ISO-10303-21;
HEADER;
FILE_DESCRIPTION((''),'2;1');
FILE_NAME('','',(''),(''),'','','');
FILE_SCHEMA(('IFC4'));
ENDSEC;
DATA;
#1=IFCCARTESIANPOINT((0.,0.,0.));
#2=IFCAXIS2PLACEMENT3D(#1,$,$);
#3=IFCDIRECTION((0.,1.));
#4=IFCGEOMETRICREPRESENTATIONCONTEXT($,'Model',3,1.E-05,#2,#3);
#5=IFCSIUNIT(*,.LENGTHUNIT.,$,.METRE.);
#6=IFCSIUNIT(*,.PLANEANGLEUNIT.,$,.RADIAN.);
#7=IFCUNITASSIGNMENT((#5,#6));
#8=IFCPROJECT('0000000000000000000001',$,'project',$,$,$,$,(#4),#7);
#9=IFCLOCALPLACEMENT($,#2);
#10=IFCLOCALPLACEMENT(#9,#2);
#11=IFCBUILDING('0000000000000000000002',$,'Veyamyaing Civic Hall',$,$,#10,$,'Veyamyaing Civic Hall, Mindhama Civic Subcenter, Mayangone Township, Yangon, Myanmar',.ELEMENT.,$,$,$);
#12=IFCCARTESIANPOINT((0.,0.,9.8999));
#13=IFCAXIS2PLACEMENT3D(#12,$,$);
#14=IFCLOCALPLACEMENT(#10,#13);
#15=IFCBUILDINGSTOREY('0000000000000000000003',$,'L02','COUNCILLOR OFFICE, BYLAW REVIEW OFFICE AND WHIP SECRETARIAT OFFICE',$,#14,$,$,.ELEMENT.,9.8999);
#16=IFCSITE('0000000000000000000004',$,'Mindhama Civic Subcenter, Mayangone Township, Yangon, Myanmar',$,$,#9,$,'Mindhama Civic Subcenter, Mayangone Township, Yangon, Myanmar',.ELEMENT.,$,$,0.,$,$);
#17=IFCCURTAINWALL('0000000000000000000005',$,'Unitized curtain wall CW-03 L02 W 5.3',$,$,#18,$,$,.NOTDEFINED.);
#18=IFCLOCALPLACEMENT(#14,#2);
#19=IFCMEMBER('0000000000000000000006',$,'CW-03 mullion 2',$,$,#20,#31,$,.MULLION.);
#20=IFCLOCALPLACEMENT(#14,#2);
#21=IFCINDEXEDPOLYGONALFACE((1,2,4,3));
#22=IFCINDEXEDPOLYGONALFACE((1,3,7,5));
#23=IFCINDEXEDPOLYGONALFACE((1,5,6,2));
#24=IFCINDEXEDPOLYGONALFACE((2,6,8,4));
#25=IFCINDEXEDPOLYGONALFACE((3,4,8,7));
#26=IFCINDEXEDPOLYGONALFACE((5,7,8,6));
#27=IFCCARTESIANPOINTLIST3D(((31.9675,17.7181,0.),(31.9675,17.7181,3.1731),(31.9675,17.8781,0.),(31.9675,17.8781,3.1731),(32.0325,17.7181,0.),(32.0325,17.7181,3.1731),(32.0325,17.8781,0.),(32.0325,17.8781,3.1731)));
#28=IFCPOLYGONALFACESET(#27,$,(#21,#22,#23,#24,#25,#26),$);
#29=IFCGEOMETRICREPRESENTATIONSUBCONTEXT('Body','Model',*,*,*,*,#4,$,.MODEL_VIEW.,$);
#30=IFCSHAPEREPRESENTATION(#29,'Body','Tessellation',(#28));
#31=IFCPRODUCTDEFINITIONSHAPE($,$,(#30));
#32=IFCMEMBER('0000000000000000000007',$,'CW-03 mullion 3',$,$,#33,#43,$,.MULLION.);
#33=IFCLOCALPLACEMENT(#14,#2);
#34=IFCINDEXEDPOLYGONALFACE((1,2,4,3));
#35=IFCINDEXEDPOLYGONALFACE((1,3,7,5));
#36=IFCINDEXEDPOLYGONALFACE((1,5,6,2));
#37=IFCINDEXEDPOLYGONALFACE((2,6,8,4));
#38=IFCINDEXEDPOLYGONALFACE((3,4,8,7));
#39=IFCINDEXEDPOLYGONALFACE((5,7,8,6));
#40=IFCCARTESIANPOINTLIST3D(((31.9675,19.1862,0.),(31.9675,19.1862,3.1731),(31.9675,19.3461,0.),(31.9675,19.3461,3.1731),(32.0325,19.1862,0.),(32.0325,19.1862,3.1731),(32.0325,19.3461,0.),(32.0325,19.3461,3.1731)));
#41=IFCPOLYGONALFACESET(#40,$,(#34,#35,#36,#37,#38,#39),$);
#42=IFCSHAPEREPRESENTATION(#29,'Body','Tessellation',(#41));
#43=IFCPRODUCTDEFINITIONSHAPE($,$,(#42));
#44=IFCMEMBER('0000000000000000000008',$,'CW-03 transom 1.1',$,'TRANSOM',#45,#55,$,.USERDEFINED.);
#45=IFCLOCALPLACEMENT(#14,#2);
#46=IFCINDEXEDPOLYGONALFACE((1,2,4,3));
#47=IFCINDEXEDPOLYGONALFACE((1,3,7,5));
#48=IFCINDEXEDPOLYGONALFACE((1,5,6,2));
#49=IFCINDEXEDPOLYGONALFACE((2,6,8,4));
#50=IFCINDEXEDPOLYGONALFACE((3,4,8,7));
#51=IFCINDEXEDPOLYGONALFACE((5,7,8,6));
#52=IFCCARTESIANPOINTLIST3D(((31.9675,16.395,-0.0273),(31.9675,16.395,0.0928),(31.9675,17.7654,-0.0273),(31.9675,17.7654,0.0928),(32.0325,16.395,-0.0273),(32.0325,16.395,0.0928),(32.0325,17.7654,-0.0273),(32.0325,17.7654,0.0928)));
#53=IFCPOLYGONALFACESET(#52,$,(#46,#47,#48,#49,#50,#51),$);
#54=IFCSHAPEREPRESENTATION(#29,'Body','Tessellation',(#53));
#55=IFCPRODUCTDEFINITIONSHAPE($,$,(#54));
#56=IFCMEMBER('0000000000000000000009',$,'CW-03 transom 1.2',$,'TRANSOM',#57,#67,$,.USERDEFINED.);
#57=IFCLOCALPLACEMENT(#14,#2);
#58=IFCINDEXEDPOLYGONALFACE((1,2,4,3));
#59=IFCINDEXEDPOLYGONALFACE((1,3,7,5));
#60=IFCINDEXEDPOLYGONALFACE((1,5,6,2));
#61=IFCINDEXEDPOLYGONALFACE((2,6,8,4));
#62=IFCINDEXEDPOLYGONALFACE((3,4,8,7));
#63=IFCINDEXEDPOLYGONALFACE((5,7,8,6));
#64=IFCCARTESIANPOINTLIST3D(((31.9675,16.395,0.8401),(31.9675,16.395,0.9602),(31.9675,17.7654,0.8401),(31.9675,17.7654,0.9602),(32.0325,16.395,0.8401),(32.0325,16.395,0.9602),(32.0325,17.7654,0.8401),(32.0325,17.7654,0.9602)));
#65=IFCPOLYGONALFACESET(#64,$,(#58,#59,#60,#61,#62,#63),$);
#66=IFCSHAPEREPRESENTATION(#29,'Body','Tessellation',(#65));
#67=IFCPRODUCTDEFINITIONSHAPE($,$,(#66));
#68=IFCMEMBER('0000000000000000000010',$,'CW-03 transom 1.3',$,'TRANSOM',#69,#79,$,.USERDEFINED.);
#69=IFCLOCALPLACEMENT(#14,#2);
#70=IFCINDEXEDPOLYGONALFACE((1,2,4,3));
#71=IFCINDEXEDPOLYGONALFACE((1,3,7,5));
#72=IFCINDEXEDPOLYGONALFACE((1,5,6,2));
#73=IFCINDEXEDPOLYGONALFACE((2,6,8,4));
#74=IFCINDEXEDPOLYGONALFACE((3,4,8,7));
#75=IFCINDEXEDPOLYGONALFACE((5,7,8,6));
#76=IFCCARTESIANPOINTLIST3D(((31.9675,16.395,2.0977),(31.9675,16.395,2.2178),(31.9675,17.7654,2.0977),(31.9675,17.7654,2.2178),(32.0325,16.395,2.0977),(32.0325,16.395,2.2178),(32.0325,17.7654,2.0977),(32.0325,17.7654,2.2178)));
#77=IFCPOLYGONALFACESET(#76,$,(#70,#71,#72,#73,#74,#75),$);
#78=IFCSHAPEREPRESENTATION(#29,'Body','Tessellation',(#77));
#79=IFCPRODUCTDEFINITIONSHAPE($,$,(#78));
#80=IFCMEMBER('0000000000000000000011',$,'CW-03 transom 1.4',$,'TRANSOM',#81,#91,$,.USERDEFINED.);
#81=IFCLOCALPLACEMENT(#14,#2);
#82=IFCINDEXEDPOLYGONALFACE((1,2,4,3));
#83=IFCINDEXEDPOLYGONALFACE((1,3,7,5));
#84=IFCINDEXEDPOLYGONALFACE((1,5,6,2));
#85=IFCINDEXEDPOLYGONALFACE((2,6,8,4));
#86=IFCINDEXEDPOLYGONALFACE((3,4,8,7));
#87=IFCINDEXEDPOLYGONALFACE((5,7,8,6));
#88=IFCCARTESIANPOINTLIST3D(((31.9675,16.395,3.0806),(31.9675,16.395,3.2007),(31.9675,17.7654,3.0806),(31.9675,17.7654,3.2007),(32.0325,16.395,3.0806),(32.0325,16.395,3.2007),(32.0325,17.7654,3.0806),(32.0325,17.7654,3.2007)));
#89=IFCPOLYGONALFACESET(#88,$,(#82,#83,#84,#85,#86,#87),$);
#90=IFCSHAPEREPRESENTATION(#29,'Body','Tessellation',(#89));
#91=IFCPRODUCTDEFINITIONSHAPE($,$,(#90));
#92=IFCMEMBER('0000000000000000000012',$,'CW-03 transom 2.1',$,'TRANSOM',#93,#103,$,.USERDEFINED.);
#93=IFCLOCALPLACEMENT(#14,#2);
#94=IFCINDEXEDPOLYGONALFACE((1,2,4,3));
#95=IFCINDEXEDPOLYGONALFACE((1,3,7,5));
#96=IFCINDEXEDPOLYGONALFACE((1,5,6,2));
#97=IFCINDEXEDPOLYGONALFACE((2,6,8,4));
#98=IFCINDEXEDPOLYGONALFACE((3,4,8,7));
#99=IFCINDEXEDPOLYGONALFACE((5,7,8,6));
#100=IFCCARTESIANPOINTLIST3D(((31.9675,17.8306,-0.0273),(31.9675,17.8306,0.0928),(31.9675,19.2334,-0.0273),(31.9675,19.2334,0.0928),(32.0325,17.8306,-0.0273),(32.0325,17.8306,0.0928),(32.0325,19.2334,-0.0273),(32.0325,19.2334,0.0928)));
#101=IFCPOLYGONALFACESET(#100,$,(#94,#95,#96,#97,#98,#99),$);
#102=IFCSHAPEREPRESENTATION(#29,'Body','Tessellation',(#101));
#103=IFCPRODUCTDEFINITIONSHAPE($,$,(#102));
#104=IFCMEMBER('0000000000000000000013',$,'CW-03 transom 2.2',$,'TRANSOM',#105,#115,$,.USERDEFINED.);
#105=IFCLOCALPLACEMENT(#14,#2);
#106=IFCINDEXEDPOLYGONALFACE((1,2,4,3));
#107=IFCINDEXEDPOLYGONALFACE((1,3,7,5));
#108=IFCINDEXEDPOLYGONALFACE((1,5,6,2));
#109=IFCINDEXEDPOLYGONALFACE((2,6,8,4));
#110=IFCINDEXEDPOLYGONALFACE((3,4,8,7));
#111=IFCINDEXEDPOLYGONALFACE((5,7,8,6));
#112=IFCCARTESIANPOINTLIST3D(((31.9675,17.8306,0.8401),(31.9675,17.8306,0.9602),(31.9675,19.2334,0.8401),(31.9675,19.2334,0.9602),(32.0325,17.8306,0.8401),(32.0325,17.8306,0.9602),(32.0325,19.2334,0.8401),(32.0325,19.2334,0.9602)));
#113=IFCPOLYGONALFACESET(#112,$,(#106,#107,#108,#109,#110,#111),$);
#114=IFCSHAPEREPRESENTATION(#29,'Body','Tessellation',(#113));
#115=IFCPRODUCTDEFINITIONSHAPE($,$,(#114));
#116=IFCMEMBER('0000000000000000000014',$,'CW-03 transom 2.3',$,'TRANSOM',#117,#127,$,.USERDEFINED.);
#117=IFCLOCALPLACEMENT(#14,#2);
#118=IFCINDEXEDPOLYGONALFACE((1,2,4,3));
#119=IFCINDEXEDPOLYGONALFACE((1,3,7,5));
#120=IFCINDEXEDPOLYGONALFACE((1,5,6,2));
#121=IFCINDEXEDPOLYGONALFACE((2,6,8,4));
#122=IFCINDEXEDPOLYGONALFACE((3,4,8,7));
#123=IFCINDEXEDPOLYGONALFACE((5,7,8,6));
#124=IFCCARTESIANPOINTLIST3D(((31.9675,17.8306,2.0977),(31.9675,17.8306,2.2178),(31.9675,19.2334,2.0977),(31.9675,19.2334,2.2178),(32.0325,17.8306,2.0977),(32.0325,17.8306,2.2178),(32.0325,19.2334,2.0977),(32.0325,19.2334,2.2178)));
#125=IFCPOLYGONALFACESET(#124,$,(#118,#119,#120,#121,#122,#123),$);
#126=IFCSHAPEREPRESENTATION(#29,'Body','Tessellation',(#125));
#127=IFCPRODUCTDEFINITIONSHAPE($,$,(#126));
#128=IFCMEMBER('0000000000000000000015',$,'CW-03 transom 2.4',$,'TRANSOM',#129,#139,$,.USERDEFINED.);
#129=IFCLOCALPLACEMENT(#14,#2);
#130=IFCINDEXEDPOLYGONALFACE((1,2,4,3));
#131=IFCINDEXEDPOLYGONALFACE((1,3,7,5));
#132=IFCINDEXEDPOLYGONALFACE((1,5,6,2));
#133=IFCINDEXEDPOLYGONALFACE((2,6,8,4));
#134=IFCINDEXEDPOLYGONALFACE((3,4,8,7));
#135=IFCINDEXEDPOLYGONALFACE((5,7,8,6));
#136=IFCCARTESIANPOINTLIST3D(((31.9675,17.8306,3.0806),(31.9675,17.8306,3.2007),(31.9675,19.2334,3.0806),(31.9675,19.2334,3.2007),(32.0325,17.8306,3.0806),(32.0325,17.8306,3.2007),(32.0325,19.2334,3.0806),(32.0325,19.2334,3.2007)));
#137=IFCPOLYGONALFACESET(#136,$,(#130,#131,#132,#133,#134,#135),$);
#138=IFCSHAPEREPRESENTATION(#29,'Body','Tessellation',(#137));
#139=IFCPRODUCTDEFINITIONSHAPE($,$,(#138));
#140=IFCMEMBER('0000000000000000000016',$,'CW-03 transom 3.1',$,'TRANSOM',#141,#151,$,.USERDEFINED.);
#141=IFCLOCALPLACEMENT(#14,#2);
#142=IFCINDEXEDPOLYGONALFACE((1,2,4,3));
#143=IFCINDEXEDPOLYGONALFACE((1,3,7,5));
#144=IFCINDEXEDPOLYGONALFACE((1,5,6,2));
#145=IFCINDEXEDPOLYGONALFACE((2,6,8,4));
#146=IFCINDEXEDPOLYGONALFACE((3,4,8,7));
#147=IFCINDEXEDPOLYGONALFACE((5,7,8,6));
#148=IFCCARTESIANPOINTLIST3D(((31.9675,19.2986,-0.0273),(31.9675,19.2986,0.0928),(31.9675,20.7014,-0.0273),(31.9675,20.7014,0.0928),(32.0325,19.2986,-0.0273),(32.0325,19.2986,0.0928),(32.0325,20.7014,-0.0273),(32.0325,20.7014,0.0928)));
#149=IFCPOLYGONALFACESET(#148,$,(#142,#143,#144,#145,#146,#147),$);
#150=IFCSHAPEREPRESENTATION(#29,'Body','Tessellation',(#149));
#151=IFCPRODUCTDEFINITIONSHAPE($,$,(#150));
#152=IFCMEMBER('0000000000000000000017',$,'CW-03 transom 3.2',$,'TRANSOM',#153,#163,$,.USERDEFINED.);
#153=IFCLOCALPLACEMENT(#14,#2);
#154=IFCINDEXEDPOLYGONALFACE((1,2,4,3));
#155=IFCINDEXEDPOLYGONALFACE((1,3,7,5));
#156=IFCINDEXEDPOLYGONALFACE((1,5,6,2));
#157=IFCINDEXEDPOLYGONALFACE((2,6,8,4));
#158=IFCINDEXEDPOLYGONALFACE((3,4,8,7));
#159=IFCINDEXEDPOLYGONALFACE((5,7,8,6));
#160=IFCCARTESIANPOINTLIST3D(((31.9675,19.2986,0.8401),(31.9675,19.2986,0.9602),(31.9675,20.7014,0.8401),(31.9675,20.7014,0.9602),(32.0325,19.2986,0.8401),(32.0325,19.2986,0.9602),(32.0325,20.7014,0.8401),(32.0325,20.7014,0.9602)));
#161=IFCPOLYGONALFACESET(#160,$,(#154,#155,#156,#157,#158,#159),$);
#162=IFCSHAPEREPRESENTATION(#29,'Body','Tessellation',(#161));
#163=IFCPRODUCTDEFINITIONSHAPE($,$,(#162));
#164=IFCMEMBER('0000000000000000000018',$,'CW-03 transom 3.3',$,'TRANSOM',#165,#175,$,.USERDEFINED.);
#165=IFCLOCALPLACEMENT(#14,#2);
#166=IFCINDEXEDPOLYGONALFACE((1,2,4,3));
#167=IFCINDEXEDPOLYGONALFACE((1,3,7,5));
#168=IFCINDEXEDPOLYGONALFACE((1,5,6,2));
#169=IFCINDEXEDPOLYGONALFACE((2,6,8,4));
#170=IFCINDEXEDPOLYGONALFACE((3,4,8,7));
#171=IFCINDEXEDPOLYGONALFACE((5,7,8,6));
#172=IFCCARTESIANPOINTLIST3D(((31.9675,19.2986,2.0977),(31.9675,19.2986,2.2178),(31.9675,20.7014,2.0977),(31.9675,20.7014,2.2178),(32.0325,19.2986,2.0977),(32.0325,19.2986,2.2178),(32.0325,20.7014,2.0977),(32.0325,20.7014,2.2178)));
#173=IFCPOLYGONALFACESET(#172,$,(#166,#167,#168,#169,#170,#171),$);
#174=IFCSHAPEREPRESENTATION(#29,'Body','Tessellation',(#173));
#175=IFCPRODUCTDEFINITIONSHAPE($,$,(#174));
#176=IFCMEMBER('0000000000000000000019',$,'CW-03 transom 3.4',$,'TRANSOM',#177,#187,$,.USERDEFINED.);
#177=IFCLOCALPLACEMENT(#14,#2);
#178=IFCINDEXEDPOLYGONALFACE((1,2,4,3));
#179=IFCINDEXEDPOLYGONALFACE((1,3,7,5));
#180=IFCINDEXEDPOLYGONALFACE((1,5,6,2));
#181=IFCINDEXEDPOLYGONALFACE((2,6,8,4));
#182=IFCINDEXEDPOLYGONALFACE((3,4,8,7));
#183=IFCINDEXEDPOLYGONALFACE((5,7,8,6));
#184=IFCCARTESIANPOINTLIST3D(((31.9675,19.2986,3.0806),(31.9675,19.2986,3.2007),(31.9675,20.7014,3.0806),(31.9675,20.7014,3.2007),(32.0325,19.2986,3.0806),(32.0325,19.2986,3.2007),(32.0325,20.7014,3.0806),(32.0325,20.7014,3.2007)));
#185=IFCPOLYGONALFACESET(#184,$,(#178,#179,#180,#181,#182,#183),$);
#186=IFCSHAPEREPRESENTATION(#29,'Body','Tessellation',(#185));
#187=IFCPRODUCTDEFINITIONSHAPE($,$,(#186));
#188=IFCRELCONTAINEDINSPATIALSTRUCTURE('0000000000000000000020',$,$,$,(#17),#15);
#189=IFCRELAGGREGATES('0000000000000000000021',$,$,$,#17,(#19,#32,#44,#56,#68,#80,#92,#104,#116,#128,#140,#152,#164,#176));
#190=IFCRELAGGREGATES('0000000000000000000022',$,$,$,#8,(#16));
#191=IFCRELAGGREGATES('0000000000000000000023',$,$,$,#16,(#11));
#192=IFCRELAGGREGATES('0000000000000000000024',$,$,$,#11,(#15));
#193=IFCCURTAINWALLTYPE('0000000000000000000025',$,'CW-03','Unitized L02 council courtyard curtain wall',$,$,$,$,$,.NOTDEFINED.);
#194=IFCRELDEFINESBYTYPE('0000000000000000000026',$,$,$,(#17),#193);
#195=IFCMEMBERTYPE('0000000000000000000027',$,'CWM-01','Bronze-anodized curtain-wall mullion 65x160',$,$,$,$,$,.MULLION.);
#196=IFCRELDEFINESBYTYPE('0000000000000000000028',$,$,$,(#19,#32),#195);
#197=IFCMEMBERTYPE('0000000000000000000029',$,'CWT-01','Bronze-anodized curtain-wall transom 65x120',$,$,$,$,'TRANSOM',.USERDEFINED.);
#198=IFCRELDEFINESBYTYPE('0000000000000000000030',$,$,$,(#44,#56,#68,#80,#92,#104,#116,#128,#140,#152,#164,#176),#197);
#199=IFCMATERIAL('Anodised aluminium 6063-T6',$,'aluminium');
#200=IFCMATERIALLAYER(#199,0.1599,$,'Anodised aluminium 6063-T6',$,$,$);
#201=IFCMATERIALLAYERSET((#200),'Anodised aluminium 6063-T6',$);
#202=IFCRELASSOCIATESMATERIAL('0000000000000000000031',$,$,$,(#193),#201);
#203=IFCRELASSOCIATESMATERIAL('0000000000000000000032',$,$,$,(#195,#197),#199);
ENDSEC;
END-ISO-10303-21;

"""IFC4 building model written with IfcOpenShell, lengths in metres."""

from ifc_helpers import new_model, si_unit, direction, frame, origin, origin_2d, place, context, subcontext, project, spatial, rectangle, extrude, material, layer, layer_set, material_profile, profile_set, type_object, element, aggregate, save


model = new_model("IFC4")

# Units and contexts
model_context = context("Model", 3, precision=1e-05, world=origin(), true_north=direction((0.0, 1.0)))
body_context = subcontext(model_context, "Body", "Model", "MODEL_VIEW")
ifc_project = project(units=[si_unit("LENGTHUNIT", "METRE"), si_unit("PLANEANGLEUNIT", "RADIAN")], contexts=[model_context])

# Site, building, storey
site_placement = place(None, origin())
site = spatial("IfcSite", under=ifc_project, at=site_placement, Name="Mindhama Civic Subcenter, Mayangone Township, Yangon, Myanmar", LongName="Mindhama Civic Subcenter, Mayangone Township, Yangon, Myanmar", CompositionType="ELEMENT", RefElevation=0.0)
building_placement = place(site_placement, origin())
building = spatial("IfcBuilding", under=site, at=building_placement, Name="Veyamyaing Civic Hall", LongName="Veyamyaing Civic Hall, Mindhama Civic Subcenter, Mayangone Township, Yangon, Myanmar", CompositionType="ELEMENT")
storey_placement = place(building_placement, frame((0.0, 0.0, 9.8999)))
storey = spatial("IfcBuildingStorey", under=building, at=storey_placement, Name="L02", Description="COUNCILLOR OFFICE, BYLAW REVIEW OFFICE AND WHIP SECRETARIAT OFFICE", CompositionType="ELEMENT", Elevation=9.8999)

# Curtain wall, members
ifc_material_1 = material(Name="Anodised aluminium 6063-T6", Category="aluminium")
ifc_layer_1 = layer(ifc_material_1, 0.1599, Name="Anodised aluminium 6063-T6")
ifc_layer_set_1 = layer_set([ifc_layer_1], Name="Anodised aluminium 6063-T6")
curtain_wall_type = type_object("IfcCurtainWallType", Name="CW-03", Description="Unitized L02 council courtyard curtain wall", PredefinedType="NOTDEFINED", material=ifc_layer_set_1)
curtain_wall_placement = place(storey_placement, origin())
curtain_wall = element("IfcCurtainWall", 1, at=curtain_wall_placement, inside=storey, type_object=curtain_wall_type, Name="Unitized curtain wall CW-03 L02 W 5.3", PredefinedType="NOTDEFINED")
ifc_material_profile_1 = material_profile(ifc_material_1, rectangle(XDim=0.0649, YDim=0.1599, at=origin_2d()), Name="ALU-MUL-65X160")
ifc_profile_set_1 = profile_set([ifc_material_profile_1], Name="Anodised aluminium 6063-T6")
member_type_1 = type_object("IfcMemberType", Name="CWM-01", Description="Bronze-anodized curtain-wall mullion 65x160", PredefinedType="MULLION", material=ifc_profile_set_1)
member_1_placement = place(storey_placement, frame((32.0, 17.7981, 0.0), z_axis=(0.0, 0.0, 1.0), x_axis=(-1.0, 0.0, 0.0)))
member_1 = element("IfcMember", 2, at=member_1_placement, type_object=member_type_1, Name="CW-03 mullion 2", PredefinedType="MULLION", context=body_context, shape_type="SweptSolid", body=[
    extrude(rectangle(XDim=0.0649, YDim=0.1599, at=origin_2d()), origin(), (0.0, 0.0, 1.0), 3.1731),
])
member_2_placement = place(storey_placement, frame((32.0, 19.2661, 0.0), z_axis=(0.0, 0.0, 1.0), x_axis=(-1.0, 0.0, 0.0)))
member_2 = element("IfcMember", 3, at=member_2_placement, type_object=member_type_1, Name="CW-03 mullion 3", PredefinedType="MULLION", context=body_context, shape_type="SweptSolid", body=[
    extrude(rectangle(XDim=0.0649, YDim=0.1599, at=origin_2d()), origin(), (0.0, 0.0, 1.0), 3.1731),
])
ifc_material_profile_2 = material_profile(ifc_material_1, rectangle(XDim=0.0649, YDim=0.1201, at=origin_2d()), Name="ALU-TRN-65X120")
ifc_profile_set_2 = profile_set([ifc_material_profile_2], Name="Anodised aluminium 6063-T6")
member_type_2 = type_object("IfcMemberType", Name="CWT-01", Description="Bronze-anodized curtain-wall transom 65x120", ElementType="TRANSOM", PredefinedType="USERDEFINED", material=ifc_profile_set_2)
member_3_placement = place(storey_placement, frame((32.0, 16.395, 0.0327), z_axis=(0.0, 1.0, 0.0), x_axis=(-1.0, 0.0, 0.0)))
member_3 = element("IfcMember", 4, at=member_3_placement, type_object=member_type_2, Name="CW-03 transom 1.1", ObjectType="TRANSOM", PredefinedType="USERDEFINED", context=body_context, shape_type="SweptSolid", body=[
    extrude(rectangle(XDim=0.0649, YDim=0.1201, at=origin_2d()), origin(), (0.0, 0.0, 1.0), 1.3704),
])
member_4_placement = place(storey_placement, frame((32.0, 16.395, 0.9001), z_axis=(0.0, 1.0, 0.0), x_axis=(-1.0, 0.0, 0.0)))
member_4 = element("IfcMember", 5, at=member_4_placement, type_object=member_type_2, Name="CW-03 transom 1.2", ObjectType="TRANSOM", PredefinedType="USERDEFINED", context=body_context, shape_type="SweptSolid", body=[
    extrude(rectangle(XDim=0.0649, YDim=0.1201, at=origin_2d()), origin(), (0.0, 0.0, 1.0), 1.3704),
])
member_5_placement = place(storey_placement, frame((32.0, 16.395, 2.1577), z_axis=(0.0, 1.0, 0.0), x_axis=(-1.0, 0.0, 0.0)))
member_5 = element("IfcMember", 6, at=member_5_placement, type_object=member_type_2, Name="CW-03 transom 1.3", ObjectType="TRANSOM", PredefinedType="USERDEFINED", context=body_context, shape_type="SweptSolid", body=[
    extrude(rectangle(XDim=0.0649, YDim=0.1201, at=origin_2d()), origin(), (0.0, 0.0, 1.0), 1.3704),
])
member_6_placement = place(storey_placement, frame((32.0, 16.395, 3.1406), z_axis=(0.0, 1.0, 0.0), x_axis=(-1.0, 0.0, 0.0)))
member_6 = element("IfcMember", 7, at=member_6_placement, type_object=member_type_2, Name="CW-03 transom 1.4", ObjectType="TRANSOM", PredefinedType="USERDEFINED", context=body_context, shape_type="SweptSolid", body=[
    extrude(rectangle(XDim=0.0649, YDim=0.1201, at=origin_2d()), origin(), (0.0, 0.0, 1.0), 1.3704),
])
member_7_placement = place(storey_placement, frame((32.0, 17.8306, 0.0327), z_axis=(0.0, 1.0, 0.0), x_axis=(-1.0, 0.0, 0.0)))
member_7 = element("IfcMember", 8, at=member_7_placement, type_object=member_type_2, Name="CW-03 transom 2.1", ObjectType="TRANSOM", PredefinedType="USERDEFINED", context=body_context, shape_type="SweptSolid", body=[
    extrude(rectangle(XDim=0.0649, YDim=0.1201, at=origin_2d()), origin(), (0.0, 0.0, 1.0), 1.4028),
])
member_8_placement = place(storey_placement, frame((32.0, 17.8306, 0.9001), z_axis=(0.0, 1.0, 0.0), x_axis=(-1.0, 0.0, 0.0)))
member_8 = element("IfcMember", 9, at=member_8_placement, type_object=member_type_2, Name="CW-03 transom 2.2", ObjectType="TRANSOM", PredefinedType="USERDEFINED", context=body_context, shape_type="SweptSolid", body=[
    extrude(rectangle(XDim=0.0649, YDim=0.1201, at=origin_2d()), origin(), (0.0, 0.0, 1.0), 1.4028),
])
member_9_placement = place(storey_placement, frame((32.0, 17.8306, 2.1577), z_axis=(0.0, 1.0, 0.0), x_axis=(-1.0, 0.0, 0.0)))
member_9 = element("IfcMember", 10, at=member_9_placement, type_object=member_type_2, Name="CW-03 transom 2.3", ObjectType="TRANSOM", PredefinedType="USERDEFINED", context=body_context, shape_type="SweptSolid", body=[
    extrude(rectangle(XDim=0.0649, YDim=0.1201, at=origin_2d()), origin(), (0.0, 0.0, 1.0), 1.4028),
])
member_10_placement = place(storey_placement, frame((32.0, 17.8306, 3.1406), z_axis=(0.0, 1.0, 0.0), x_axis=(-1.0, 0.0, 0.0)))
member_10 = element("IfcMember", 11, at=member_10_placement, type_object=member_type_2, Name="CW-03 transom 2.4", ObjectType="TRANSOM", PredefinedType="USERDEFINED", context=body_context, shape_type="SweptSolid", body=[
    extrude(rectangle(XDim=0.0649, YDim=0.1201, at=origin_2d()), origin(), (0.0, 0.0, 1.0), 1.4028),
])
member_11_placement = place(storey_placement, frame((32.0, 19.2986, 0.0327), z_axis=(0.0, 1.0, 0.0), x_axis=(-1.0, 0.0, 0.0)))
member_11 = element("IfcMember", 12, at=member_11_placement, type_object=member_type_2, Name="CW-03 transom 3.1", ObjectType="TRANSOM", PredefinedType="USERDEFINED", context=body_context, shape_type="SweptSolid", body=[
    extrude(rectangle(XDim=0.0649, YDim=0.1201, at=origin_2d()), origin(), (0.0, 0.0, 1.0), 1.4028),
])
member_12_placement = place(storey_placement, frame((32.0, 19.2986, 0.9001), z_axis=(0.0, 1.0, 0.0), x_axis=(-1.0, 0.0, 0.0)))
member_12 = element("IfcMember", 13, at=member_12_placement, type_object=member_type_2, Name="CW-03 transom 3.2", ObjectType="TRANSOM", PredefinedType="USERDEFINED", context=body_context, shape_type="SweptSolid", body=[
    extrude(rectangle(XDim=0.0649, YDim=0.1201, at=origin_2d()), origin(), (0.0, 0.0, 1.0), 1.4028),
])
member_13_placement = place(storey_placement, frame((32.0, 19.2986, 2.1577), z_axis=(0.0, 1.0, 0.0), x_axis=(-1.0, 0.0, 0.0)))
member_13 = element("IfcMember", 14, at=member_13_placement, type_object=member_type_2, Name="CW-03 transom 3.3", ObjectType="TRANSOM", PredefinedType="USERDEFINED", context=body_context, shape_type="SweptSolid", body=[
    extrude(rectangle(XDim=0.0649, YDim=0.1201, at=origin_2d()), origin(), (0.0, 0.0, 1.0), 1.4028),
])
member_14_placement = place(storey_placement, frame((32.0, 19.2986, 3.1406), z_axis=(0.0, 1.0, 0.0), x_axis=(-1.0, 0.0, 0.0)))
member_14 = element("IfcMember", 15, at=member_14_placement, type_object=member_type_2, Name="CW-03 transom 3.4", ObjectType="TRANSOM", PredefinedType="USERDEFINED", context=body_context, shape_type="SweptSolid", body=[
    extrude(rectangle(XDim=0.0649, YDim=0.1201, at=origin_2d()), origin(), (0.0, 0.0, 1.0), 1.4028),
])

aggregate(curtain_wall, [member_1, member_2, member_3, member_4, member_5, member_6, member_7, member_8, member_9, member_10, member_11, member_12, member_13, member_14])

save(model, "model.ifc")
